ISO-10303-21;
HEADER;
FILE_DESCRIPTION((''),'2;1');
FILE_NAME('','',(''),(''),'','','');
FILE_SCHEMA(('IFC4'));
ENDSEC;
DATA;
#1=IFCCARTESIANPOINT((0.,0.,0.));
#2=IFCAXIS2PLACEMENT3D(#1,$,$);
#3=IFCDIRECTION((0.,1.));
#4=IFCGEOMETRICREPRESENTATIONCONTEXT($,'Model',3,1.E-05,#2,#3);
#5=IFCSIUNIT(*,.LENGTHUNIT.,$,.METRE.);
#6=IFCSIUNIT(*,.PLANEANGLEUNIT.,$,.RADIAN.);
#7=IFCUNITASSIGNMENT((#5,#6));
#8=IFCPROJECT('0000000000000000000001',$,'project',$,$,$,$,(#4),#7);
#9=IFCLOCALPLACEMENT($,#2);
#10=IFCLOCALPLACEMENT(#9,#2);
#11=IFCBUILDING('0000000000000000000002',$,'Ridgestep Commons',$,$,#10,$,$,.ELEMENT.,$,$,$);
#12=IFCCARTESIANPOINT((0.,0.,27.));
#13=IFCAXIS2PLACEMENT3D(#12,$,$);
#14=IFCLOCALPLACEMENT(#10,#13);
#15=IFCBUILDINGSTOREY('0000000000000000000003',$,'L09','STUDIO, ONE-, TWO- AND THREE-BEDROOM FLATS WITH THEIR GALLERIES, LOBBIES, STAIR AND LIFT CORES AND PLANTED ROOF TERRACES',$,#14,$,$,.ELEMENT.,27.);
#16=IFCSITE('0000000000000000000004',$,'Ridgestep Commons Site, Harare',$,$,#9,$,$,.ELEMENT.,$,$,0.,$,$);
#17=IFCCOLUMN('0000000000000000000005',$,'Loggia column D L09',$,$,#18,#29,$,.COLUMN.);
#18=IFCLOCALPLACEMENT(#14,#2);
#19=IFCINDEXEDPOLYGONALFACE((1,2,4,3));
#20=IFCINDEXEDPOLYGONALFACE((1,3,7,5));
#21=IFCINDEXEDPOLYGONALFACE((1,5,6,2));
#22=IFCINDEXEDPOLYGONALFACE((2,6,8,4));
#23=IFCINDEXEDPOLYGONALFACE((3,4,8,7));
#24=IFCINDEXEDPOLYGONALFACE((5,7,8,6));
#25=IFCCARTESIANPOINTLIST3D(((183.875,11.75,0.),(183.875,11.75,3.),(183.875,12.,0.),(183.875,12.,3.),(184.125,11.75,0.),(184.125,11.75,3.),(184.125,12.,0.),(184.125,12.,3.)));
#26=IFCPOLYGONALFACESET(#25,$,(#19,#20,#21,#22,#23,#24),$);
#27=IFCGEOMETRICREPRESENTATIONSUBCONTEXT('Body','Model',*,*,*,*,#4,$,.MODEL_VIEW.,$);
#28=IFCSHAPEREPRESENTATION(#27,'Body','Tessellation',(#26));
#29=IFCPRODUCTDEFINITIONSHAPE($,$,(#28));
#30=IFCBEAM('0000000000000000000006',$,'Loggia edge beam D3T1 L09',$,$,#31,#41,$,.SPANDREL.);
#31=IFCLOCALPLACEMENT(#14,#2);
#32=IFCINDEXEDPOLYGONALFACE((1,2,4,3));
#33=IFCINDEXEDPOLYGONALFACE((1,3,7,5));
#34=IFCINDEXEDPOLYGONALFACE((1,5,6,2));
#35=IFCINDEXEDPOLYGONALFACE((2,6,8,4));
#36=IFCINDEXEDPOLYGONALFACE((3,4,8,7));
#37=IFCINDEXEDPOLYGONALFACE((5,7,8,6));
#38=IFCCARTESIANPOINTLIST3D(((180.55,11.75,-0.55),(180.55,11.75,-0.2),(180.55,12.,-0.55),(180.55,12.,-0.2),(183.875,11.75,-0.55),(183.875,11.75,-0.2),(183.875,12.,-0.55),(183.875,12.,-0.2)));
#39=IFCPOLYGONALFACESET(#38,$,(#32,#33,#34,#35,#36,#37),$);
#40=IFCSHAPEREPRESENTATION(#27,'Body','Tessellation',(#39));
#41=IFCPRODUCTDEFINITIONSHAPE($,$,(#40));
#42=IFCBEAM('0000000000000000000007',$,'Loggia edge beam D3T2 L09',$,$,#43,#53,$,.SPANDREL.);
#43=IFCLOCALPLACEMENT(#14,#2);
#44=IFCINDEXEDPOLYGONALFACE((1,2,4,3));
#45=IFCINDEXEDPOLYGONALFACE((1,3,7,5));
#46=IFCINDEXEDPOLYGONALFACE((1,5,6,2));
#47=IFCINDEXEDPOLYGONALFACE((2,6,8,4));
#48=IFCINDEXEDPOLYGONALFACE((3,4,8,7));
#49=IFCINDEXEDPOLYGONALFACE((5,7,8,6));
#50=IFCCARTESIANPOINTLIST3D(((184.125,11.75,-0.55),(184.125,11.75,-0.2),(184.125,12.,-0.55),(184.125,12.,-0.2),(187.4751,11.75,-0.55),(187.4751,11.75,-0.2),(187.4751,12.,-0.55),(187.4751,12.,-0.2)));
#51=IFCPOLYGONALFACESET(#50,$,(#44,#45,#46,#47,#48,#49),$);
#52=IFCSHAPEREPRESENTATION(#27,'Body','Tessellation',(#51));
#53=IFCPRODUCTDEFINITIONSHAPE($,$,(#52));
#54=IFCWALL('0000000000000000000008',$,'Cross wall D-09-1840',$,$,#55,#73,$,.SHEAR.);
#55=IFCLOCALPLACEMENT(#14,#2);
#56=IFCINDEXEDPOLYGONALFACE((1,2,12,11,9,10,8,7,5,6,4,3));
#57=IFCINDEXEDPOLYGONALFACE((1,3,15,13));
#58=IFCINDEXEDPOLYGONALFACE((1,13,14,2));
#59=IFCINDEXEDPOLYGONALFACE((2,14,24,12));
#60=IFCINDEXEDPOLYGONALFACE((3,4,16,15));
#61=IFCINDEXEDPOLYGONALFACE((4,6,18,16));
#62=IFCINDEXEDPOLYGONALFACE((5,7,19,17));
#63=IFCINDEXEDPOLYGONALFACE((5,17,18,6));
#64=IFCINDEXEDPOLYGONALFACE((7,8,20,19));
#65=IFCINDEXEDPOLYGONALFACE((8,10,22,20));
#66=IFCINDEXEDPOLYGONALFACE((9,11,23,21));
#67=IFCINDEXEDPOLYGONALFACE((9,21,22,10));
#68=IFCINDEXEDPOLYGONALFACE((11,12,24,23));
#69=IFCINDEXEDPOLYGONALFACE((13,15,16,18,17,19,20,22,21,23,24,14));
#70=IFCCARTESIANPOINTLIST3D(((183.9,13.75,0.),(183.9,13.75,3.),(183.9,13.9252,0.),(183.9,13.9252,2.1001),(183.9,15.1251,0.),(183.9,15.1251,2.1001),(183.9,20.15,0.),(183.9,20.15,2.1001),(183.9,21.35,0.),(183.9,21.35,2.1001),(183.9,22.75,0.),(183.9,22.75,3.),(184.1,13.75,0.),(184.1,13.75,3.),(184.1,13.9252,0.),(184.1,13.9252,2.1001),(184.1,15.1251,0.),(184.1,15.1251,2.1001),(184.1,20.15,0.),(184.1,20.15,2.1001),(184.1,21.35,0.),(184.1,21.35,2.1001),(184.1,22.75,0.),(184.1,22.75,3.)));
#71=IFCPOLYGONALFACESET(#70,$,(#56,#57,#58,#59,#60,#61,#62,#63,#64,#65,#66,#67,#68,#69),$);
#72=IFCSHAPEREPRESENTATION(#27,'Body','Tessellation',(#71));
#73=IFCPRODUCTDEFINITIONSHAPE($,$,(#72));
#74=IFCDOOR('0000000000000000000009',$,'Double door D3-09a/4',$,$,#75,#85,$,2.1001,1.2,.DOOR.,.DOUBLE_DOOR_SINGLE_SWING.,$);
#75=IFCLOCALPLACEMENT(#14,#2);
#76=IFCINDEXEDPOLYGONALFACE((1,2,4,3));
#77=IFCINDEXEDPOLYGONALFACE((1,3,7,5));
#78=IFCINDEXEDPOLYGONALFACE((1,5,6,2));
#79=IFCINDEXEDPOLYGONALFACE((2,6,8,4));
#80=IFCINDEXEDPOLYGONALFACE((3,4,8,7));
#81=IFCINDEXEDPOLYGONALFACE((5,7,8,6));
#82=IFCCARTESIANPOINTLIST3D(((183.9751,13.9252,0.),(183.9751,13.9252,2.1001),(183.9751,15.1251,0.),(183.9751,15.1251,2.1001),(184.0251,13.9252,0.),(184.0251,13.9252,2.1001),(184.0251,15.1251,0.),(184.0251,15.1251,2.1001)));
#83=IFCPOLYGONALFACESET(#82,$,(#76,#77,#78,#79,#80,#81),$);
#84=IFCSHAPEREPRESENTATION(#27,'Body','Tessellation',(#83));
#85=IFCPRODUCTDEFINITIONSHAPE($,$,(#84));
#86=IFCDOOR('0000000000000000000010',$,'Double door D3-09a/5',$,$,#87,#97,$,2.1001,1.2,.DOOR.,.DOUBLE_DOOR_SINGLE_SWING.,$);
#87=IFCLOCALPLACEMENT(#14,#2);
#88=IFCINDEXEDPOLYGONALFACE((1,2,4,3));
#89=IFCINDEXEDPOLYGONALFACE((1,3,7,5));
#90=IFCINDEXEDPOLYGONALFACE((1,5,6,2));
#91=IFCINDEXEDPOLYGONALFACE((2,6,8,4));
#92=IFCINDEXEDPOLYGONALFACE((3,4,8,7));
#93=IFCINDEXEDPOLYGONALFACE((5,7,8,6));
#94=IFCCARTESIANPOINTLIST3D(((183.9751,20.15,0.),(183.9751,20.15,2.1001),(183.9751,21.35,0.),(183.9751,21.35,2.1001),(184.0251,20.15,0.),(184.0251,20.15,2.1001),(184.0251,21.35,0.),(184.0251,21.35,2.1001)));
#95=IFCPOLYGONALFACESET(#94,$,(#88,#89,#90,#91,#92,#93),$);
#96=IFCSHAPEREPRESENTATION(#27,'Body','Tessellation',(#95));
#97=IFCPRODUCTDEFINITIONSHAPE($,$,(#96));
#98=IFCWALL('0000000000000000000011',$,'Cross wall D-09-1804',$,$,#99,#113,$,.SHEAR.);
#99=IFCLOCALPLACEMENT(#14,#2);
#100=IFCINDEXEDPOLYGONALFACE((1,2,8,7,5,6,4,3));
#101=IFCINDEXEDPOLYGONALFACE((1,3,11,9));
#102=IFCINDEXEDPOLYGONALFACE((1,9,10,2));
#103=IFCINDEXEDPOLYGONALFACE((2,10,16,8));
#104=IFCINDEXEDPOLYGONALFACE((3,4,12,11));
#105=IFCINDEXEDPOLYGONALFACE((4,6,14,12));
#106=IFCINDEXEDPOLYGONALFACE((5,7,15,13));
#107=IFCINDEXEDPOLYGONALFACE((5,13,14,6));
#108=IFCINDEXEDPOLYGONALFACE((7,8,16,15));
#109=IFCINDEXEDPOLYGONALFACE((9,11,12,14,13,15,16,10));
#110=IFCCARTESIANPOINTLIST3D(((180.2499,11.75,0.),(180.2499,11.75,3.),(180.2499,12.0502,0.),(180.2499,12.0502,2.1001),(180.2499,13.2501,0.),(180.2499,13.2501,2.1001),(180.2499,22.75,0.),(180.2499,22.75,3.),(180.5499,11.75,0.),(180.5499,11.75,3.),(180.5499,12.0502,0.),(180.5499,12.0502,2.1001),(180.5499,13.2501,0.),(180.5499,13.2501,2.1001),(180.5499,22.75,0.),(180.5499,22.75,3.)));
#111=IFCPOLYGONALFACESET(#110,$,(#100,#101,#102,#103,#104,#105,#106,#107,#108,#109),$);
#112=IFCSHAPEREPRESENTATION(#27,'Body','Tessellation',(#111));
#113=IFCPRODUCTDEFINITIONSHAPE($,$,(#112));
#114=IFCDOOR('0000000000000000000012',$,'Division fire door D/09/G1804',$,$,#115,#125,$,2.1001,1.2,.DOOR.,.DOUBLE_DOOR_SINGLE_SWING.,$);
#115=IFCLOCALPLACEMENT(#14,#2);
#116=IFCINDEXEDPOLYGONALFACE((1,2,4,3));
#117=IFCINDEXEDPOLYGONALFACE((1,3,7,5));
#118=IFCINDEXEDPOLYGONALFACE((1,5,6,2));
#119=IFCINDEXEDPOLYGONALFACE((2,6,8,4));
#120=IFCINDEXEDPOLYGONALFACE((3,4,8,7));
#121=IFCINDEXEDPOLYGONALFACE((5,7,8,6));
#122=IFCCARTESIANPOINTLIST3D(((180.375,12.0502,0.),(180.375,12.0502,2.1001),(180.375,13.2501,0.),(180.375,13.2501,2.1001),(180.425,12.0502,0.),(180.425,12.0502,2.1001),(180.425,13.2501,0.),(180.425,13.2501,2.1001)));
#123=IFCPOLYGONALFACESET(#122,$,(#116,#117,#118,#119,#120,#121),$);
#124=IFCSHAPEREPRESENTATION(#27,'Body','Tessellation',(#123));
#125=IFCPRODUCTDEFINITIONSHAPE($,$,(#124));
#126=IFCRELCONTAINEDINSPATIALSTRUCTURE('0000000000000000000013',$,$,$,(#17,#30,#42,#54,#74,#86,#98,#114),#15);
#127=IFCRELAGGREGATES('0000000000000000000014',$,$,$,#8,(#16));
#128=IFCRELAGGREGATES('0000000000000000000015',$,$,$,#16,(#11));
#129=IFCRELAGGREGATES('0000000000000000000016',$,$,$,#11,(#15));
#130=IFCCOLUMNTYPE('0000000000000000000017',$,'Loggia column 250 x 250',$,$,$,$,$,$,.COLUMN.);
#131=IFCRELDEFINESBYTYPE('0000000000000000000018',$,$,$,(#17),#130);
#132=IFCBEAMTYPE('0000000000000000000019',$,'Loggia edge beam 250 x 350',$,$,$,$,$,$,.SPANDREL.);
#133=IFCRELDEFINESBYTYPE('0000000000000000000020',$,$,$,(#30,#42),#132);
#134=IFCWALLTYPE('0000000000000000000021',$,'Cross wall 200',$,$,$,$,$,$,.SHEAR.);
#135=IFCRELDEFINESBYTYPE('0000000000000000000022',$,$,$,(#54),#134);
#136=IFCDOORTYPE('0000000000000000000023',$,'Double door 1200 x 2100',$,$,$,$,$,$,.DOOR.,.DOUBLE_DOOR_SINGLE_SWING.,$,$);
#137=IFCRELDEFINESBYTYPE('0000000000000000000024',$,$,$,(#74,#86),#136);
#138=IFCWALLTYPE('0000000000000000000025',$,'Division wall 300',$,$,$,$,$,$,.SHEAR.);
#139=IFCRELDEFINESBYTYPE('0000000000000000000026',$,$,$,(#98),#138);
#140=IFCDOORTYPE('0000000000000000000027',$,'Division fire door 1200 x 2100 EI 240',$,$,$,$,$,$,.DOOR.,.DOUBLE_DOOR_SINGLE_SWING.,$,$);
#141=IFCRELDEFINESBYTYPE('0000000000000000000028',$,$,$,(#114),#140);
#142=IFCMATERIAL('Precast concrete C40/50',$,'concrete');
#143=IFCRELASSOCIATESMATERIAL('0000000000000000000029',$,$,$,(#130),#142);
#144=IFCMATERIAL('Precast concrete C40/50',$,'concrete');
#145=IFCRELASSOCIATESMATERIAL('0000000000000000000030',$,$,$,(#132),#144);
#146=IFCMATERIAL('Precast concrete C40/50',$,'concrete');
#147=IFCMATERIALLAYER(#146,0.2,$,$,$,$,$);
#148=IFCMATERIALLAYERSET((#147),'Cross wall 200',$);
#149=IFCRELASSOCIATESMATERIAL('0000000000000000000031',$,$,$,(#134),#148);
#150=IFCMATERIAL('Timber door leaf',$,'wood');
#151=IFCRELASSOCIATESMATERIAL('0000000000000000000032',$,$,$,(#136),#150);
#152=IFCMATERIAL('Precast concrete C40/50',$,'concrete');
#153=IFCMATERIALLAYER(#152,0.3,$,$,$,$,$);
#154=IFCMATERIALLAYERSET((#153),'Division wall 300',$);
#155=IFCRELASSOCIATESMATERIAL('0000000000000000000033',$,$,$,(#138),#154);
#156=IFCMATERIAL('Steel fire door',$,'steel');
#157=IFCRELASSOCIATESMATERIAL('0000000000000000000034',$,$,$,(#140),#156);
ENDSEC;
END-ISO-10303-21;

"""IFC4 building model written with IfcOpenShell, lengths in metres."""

from ifc_helpers import new_model, si_unit, direction, frame, frame_2d, origin, origin_2d, place, context, subcontext, project, spatial, rectangle, extrude, material, layer, layer_set, material_profile, profile_set, type_object, element, fill, save


model = new_model("IFC4")

# Units and contexts
model_context = context("Model", 3, precision=1e-05, world=origin(), true_north=direction((0.0, 1.0)))
body_context = subcontext(model_context, "Body", "Model", "MODEL_VIEW")
ifc_project = project(units=[si_unit("LENGTHUNIT", "METRE"), si_unit("PLANEANGLEUNIT", "RADIAN")], contexts=[model_context])

# Site, building, storey
site_placement = place(None, origin())
site = spatial("IfcSite", under=ifc_project, at=site_placement, Name="Ridgestep Commons Site, Harare", CompositionType="ELEMENT", RefElevation=0.0)
building_placement = place(site_placement, origin())
building = spatial("IfcBuilding", under=site, at=building_placement, Name="Ridgestep Commons", CompositionType="ELEMENT")
storey_placement = place(building_placement, frame((0.0, 0.0, 27.0)))
storey = spatial("IfcBuildingStorey", under=building, at=storey_placement, Name="L09", Description="STUDIO, ONE-, TWO- AND THREE-BEDROOM FLATS WITH THEIR GALLERIES, LOBBIES, STAIR AND LIFT CORES AND PLANTED ROOF TERRACES", CompositionType="ELEMENT", Elevation=27.0)

# Column
ifc_material_1 = material(Name="Precast concrete C40/50", Category="concrete")
ifc_material_profile_1 = material_profile(ifc_material_1, rectangle(XDim=0.25, YDim=0.25, at=origin_2d()), Name="PC 250x250")
ifc_profile_set_1 = profile_set([ifc_material_profile_1], Name="Precast concrete C40/50")
column_type = type_object("IfcColumnType", Name="Loggia column 250 x 250", PredefinedType="COLUMN", material=ifc_profile_set_1)
column_placement = place(storey_placement, frame((184.0, 11.875, 0.0), z_axis=(0.0, 0.0, 1.0), x_axis=(1.0, 0.0, 0.0)))
element("IfcColumn", 1, at=column_placement, inside=storey, type_object=column_type, Name="Loggia column D L09", PredefinedType="COLUMN", context=body_context, shape_type="SweptSolid", body=[
    extrude(rectangle(XDim=0.25, YDim=0.25, at=origin_2d()), origin(), (0.0, 0.0, 1.0), 3.0),
])

# Beams
ifc_material_2 = material(Name="Precast concrete C40/50", Category="concrete")
ifc_material_profile_2 = material_profile(ifc_material_2, rectangle(XDim=0.25, YDim=0.3501, at=origin_2d()), Name="PC 250x350")
ifc_profile_set_2 = profile_set([ifc_material_profile_2], Name="Precast concrete C40/50")
beam_type = type_object("IfcBeamType", Name="Loggia edge beam 250 x 350", PredefinedType="SPANDREL", material=ifc_profile_set_2)
beam_1_placement = place(storey_placement, frame((180.55, 11.875, -0.375), z_axis=(1.0, 0.0, 0.0), x_axis=(0.0, 1.0, 0.0)))
element("IfcBeam", 2, at=beam_1_placement, inside=storey, type_object=beam_type, Name="Loggia edge beam D3T1 L09", PredefinedType="SPANDREL", context=body_context, shape_type="SweptSolid", body=[
    extrude(rectangle(XDim=0.25, YDim=0.3501, at=origin_2d()), origin(), (0.0, 0.0, 1.0), 3.325),
])
beam_2_placement = place(storey_placement, frame((184.125, 11.875, -0.375), z_axis=(1.0, 0.0, 0.0), x_axis=(0.0, 1.0, 0.0)))
element("IfcBeam", 3, at=beam_2_placement, inside=storey, type_object=beam_type, Name="Loggia edge beam D3T2 L09", PredefinedType="SPANDREL", context=body_context, shape_type="SweptSolid", body=[
    extrude(rectangle(XDim=0.25, YDim=0.3501, at=origin_2d()), origin(), (0.0, 0.0, 1.0), 3.3501),
])

# Wall, openings, doors
ifc_material_3 = material(Name="Precast concrete C40/50", Category="concrete")
ifc_layer_1 = layer(ifc_material_3, 0.2)
ifc_layer_set_1 = layer_set([ifc_layer_1], Name="Cross wall 200")
wall_type_1 = type_object("IfcWallType", Name="Cross wall 200", PredefinedType="SHEAR", material=ifc_layer_set_1)
wall_1_placement = place(storey_placement, frame((184.0, 13.75, 0.0), z_axis=(0.0, 0.0, 1.0), x_axis=(0.0, 1.0, 0.0)))
wall_1 = element("IfcWall", 4, at=wall_1_placement, inside=storey, type_object=wall_type_1, Name="Cross wall D-09-1840", PredefinedType="SHEAR", context=body_context, shape_type="SweptSolid", body=[
    extrude(rectangle(XDim=9.0, YDim=0.2, at=frame_2d((4.5, 0.0))), origin(), (0.0, 0.0, 1.0), 3.0),
])
opening_1_placement = place(wall_1_placement, frame((0.175, 0.0, 0.0)))
opening_1 = element("IfcOpeningElement", 5, at=opening_1_placement, cuts=wall_1, PredefinedType="OPENING", context=body_context, shape_type="SweptSolid", body=[
    extrude(rectangle(XDim=1.2, YDim=2.1001, at=frame_2d((0.6001, 1.05))), frame((0.0, 0.1099, 0.0), z_axis=(0.0, -1.0, 0.0), x_axis=(1.0, 0.0, 0.0)), (0.0, 0.0, 1.0), 0.22),
])
opening_2_placement = place(wall_1_placement, frame((6.3999, 0.0, 0.0)))
opening_2 = element("IfcOpeningElement", 6, at=opening_2_placement, cuts=wall_1, PredefinedType="OPENING", context=body_context, shape_type="SweptSolid", body=[
    extrude(rectangle(XDim=1.2, YDim=2.1001, at=frame_2d((0.6001, 1.05))), frame((0.0, 0.1099, 0.0), z_axis=(0.0, -1.0, 0.0), x_axis=(1.0, 0.0, 0.0)), (0.0, 0.0, 1.0), 0.22),
])
ifc_material_4 = material(Name="Timber door leaf", Category="wood")
door_type_1 = type_object("IfcDoorType", Name="Double door 1200 x 2100", OperationType="DOUBLE_DOOR_SINGLE_SWING", PredefinedType="DOOR", material=ifc_material_4)
door_1_placement = place(opening_1_placement, origin())
door_1 = element("IfcDoor", 7, at=door_1_placement, inside=storey, type_object=door_type_1, Name="Double door D3-09a/4", OperationType="DOUBLE_DOOR_SINGLE_SWING", OverallHeight=2.1001, OverallWidth=1.2, PredefinedType="DOOR", context=body_context, shape_type="SweptSolid", body=[
    extrude(rectangle(XDim=1.2, YDim=2.1001, at=frame_2d((0.6001, 1.05))), frame((0.0, 0.0249, 0.0), z_axis=(0.0, -1.0, 0.0), x_axis=(1.0, 0.0, 0.0)), (0.0, 0.0, 1.0), 0.05),
])
fill(opening_1, door_1)
door_2_placement = place(opening_2_placement, origin())
door_2 = element("IfcDoor", 8, at=door_2_placement, inside=storey, type_object=door_type_1, Name="Double door D3-09a/5", OperationType="DOUBLE_DOOR_SINGLE_SWING", OverallHeight=2.1001, OverallWidth=1.2, PredefinedType="DOOR", context=body_context, shape_type="SweptSolid", body=[
    extrude(rectangle(XDim=1.2, YDim=2.1001, at=frame_2d((0.6001, 1.05))), frame((0.0, 0.0249, 0.0), z_axis=(0.0, -1.0, 0.0), x_axis=(1.0, 0.0, 0.0)), (0.0, 0.0, 1.0), 0.05),
])
fill(opening_2, door_2)

# Wall, opening, door
ifc_material_5 = material(Name="Precast concrete C40/50", Category="concrete")
ifc_layer_2 = layer(ifc_material_5, 0.3)
ifc_layer_set_2 = layer_set([ifc_layer_2], Name="Division wall 300")
wall_type_2 = type_object("IfcWallType", Name="Division wall 300", PredefinedType="SHEAR", material=ifc_layer_set_2)
wall_2_placement = place(storey_placement, frame((180.3999, 11.75, 0.0), z_axis=(0.0, 0.0, 1.0), x_axis=(0.0, 1.0, 0.0)))
wall_2 = element("IfcWall", 9, at=wall_2_placement, inside=storey, type_object=wall_type_2, Name="Cross wall D-09-1804", PredefinedType="SHEAR", context=body_context, shape_type="SweptSolid", body=[
    extrude(rectangle(XDim=11.0, YDim=0.3, at=frame_2d((5.5, 0.0))), origin(), (0.0, 0.0, 1.0), 3.0),
])
opening_3_placement = place(wall_2_placement, frame((0.3, 0.0, 0.0)))
opening_3 = element("IfcOpeningElement", 10, at=opening_3_placement, cuts=wall_2, PredefinedType="OPENING", context=body_context, shape_type="SweptSolid", body=[
    extrude(rectangle(XDim=1.2, YDim=2.1001, at=frame_2d((0.6001, 1.05))), frame((0.0, 0.1599, 0.0), z_axis=(0.0, -1.0, 0.0), x_axis=(1.0, 0.0, 0.0)), (0.0, 0.0, 1.0), 0.3201),
])
ifc_material_6 = material(Name="Steel fire door", Category="steel")
door_type_2 = type_object("IfcDoorType", Name="Division fire door 1200 x 2100 EI 240", OperationType="DOUBLE_DOOR_SINGLE_SWING", PredefinedType="DOOR", material=ifc_material_6)
door_3_placement = place(opening_3_placement, origin())
door_3 = element("IfcDoor", 11, at=door_3_placement, inside=storey, type_object=door_type_2, Name="Division fire door D/09/G1804", OperationType="DOUBLE_DOOR_SINGLE_SWING", OverallHeight=2.1001, OverallWidth=1.2, PredefinedType="DOOR", context=body_context, shape_type="SweptSolid", body=[
    extrude(rectangle(XDim=1.2, YDim=2.1001, at=frame_2d((0.6001, 1.05))), frame((0.0, 0.0249, 0.0), z_axis=(0.0, -1.0, 0.0), x_axis=(1.0, 0.0, 0.0)), (0.0, 0.0, 1.0), 0.05),
])
fill(opening_3, door_3)

save(model, "model.ifc")
